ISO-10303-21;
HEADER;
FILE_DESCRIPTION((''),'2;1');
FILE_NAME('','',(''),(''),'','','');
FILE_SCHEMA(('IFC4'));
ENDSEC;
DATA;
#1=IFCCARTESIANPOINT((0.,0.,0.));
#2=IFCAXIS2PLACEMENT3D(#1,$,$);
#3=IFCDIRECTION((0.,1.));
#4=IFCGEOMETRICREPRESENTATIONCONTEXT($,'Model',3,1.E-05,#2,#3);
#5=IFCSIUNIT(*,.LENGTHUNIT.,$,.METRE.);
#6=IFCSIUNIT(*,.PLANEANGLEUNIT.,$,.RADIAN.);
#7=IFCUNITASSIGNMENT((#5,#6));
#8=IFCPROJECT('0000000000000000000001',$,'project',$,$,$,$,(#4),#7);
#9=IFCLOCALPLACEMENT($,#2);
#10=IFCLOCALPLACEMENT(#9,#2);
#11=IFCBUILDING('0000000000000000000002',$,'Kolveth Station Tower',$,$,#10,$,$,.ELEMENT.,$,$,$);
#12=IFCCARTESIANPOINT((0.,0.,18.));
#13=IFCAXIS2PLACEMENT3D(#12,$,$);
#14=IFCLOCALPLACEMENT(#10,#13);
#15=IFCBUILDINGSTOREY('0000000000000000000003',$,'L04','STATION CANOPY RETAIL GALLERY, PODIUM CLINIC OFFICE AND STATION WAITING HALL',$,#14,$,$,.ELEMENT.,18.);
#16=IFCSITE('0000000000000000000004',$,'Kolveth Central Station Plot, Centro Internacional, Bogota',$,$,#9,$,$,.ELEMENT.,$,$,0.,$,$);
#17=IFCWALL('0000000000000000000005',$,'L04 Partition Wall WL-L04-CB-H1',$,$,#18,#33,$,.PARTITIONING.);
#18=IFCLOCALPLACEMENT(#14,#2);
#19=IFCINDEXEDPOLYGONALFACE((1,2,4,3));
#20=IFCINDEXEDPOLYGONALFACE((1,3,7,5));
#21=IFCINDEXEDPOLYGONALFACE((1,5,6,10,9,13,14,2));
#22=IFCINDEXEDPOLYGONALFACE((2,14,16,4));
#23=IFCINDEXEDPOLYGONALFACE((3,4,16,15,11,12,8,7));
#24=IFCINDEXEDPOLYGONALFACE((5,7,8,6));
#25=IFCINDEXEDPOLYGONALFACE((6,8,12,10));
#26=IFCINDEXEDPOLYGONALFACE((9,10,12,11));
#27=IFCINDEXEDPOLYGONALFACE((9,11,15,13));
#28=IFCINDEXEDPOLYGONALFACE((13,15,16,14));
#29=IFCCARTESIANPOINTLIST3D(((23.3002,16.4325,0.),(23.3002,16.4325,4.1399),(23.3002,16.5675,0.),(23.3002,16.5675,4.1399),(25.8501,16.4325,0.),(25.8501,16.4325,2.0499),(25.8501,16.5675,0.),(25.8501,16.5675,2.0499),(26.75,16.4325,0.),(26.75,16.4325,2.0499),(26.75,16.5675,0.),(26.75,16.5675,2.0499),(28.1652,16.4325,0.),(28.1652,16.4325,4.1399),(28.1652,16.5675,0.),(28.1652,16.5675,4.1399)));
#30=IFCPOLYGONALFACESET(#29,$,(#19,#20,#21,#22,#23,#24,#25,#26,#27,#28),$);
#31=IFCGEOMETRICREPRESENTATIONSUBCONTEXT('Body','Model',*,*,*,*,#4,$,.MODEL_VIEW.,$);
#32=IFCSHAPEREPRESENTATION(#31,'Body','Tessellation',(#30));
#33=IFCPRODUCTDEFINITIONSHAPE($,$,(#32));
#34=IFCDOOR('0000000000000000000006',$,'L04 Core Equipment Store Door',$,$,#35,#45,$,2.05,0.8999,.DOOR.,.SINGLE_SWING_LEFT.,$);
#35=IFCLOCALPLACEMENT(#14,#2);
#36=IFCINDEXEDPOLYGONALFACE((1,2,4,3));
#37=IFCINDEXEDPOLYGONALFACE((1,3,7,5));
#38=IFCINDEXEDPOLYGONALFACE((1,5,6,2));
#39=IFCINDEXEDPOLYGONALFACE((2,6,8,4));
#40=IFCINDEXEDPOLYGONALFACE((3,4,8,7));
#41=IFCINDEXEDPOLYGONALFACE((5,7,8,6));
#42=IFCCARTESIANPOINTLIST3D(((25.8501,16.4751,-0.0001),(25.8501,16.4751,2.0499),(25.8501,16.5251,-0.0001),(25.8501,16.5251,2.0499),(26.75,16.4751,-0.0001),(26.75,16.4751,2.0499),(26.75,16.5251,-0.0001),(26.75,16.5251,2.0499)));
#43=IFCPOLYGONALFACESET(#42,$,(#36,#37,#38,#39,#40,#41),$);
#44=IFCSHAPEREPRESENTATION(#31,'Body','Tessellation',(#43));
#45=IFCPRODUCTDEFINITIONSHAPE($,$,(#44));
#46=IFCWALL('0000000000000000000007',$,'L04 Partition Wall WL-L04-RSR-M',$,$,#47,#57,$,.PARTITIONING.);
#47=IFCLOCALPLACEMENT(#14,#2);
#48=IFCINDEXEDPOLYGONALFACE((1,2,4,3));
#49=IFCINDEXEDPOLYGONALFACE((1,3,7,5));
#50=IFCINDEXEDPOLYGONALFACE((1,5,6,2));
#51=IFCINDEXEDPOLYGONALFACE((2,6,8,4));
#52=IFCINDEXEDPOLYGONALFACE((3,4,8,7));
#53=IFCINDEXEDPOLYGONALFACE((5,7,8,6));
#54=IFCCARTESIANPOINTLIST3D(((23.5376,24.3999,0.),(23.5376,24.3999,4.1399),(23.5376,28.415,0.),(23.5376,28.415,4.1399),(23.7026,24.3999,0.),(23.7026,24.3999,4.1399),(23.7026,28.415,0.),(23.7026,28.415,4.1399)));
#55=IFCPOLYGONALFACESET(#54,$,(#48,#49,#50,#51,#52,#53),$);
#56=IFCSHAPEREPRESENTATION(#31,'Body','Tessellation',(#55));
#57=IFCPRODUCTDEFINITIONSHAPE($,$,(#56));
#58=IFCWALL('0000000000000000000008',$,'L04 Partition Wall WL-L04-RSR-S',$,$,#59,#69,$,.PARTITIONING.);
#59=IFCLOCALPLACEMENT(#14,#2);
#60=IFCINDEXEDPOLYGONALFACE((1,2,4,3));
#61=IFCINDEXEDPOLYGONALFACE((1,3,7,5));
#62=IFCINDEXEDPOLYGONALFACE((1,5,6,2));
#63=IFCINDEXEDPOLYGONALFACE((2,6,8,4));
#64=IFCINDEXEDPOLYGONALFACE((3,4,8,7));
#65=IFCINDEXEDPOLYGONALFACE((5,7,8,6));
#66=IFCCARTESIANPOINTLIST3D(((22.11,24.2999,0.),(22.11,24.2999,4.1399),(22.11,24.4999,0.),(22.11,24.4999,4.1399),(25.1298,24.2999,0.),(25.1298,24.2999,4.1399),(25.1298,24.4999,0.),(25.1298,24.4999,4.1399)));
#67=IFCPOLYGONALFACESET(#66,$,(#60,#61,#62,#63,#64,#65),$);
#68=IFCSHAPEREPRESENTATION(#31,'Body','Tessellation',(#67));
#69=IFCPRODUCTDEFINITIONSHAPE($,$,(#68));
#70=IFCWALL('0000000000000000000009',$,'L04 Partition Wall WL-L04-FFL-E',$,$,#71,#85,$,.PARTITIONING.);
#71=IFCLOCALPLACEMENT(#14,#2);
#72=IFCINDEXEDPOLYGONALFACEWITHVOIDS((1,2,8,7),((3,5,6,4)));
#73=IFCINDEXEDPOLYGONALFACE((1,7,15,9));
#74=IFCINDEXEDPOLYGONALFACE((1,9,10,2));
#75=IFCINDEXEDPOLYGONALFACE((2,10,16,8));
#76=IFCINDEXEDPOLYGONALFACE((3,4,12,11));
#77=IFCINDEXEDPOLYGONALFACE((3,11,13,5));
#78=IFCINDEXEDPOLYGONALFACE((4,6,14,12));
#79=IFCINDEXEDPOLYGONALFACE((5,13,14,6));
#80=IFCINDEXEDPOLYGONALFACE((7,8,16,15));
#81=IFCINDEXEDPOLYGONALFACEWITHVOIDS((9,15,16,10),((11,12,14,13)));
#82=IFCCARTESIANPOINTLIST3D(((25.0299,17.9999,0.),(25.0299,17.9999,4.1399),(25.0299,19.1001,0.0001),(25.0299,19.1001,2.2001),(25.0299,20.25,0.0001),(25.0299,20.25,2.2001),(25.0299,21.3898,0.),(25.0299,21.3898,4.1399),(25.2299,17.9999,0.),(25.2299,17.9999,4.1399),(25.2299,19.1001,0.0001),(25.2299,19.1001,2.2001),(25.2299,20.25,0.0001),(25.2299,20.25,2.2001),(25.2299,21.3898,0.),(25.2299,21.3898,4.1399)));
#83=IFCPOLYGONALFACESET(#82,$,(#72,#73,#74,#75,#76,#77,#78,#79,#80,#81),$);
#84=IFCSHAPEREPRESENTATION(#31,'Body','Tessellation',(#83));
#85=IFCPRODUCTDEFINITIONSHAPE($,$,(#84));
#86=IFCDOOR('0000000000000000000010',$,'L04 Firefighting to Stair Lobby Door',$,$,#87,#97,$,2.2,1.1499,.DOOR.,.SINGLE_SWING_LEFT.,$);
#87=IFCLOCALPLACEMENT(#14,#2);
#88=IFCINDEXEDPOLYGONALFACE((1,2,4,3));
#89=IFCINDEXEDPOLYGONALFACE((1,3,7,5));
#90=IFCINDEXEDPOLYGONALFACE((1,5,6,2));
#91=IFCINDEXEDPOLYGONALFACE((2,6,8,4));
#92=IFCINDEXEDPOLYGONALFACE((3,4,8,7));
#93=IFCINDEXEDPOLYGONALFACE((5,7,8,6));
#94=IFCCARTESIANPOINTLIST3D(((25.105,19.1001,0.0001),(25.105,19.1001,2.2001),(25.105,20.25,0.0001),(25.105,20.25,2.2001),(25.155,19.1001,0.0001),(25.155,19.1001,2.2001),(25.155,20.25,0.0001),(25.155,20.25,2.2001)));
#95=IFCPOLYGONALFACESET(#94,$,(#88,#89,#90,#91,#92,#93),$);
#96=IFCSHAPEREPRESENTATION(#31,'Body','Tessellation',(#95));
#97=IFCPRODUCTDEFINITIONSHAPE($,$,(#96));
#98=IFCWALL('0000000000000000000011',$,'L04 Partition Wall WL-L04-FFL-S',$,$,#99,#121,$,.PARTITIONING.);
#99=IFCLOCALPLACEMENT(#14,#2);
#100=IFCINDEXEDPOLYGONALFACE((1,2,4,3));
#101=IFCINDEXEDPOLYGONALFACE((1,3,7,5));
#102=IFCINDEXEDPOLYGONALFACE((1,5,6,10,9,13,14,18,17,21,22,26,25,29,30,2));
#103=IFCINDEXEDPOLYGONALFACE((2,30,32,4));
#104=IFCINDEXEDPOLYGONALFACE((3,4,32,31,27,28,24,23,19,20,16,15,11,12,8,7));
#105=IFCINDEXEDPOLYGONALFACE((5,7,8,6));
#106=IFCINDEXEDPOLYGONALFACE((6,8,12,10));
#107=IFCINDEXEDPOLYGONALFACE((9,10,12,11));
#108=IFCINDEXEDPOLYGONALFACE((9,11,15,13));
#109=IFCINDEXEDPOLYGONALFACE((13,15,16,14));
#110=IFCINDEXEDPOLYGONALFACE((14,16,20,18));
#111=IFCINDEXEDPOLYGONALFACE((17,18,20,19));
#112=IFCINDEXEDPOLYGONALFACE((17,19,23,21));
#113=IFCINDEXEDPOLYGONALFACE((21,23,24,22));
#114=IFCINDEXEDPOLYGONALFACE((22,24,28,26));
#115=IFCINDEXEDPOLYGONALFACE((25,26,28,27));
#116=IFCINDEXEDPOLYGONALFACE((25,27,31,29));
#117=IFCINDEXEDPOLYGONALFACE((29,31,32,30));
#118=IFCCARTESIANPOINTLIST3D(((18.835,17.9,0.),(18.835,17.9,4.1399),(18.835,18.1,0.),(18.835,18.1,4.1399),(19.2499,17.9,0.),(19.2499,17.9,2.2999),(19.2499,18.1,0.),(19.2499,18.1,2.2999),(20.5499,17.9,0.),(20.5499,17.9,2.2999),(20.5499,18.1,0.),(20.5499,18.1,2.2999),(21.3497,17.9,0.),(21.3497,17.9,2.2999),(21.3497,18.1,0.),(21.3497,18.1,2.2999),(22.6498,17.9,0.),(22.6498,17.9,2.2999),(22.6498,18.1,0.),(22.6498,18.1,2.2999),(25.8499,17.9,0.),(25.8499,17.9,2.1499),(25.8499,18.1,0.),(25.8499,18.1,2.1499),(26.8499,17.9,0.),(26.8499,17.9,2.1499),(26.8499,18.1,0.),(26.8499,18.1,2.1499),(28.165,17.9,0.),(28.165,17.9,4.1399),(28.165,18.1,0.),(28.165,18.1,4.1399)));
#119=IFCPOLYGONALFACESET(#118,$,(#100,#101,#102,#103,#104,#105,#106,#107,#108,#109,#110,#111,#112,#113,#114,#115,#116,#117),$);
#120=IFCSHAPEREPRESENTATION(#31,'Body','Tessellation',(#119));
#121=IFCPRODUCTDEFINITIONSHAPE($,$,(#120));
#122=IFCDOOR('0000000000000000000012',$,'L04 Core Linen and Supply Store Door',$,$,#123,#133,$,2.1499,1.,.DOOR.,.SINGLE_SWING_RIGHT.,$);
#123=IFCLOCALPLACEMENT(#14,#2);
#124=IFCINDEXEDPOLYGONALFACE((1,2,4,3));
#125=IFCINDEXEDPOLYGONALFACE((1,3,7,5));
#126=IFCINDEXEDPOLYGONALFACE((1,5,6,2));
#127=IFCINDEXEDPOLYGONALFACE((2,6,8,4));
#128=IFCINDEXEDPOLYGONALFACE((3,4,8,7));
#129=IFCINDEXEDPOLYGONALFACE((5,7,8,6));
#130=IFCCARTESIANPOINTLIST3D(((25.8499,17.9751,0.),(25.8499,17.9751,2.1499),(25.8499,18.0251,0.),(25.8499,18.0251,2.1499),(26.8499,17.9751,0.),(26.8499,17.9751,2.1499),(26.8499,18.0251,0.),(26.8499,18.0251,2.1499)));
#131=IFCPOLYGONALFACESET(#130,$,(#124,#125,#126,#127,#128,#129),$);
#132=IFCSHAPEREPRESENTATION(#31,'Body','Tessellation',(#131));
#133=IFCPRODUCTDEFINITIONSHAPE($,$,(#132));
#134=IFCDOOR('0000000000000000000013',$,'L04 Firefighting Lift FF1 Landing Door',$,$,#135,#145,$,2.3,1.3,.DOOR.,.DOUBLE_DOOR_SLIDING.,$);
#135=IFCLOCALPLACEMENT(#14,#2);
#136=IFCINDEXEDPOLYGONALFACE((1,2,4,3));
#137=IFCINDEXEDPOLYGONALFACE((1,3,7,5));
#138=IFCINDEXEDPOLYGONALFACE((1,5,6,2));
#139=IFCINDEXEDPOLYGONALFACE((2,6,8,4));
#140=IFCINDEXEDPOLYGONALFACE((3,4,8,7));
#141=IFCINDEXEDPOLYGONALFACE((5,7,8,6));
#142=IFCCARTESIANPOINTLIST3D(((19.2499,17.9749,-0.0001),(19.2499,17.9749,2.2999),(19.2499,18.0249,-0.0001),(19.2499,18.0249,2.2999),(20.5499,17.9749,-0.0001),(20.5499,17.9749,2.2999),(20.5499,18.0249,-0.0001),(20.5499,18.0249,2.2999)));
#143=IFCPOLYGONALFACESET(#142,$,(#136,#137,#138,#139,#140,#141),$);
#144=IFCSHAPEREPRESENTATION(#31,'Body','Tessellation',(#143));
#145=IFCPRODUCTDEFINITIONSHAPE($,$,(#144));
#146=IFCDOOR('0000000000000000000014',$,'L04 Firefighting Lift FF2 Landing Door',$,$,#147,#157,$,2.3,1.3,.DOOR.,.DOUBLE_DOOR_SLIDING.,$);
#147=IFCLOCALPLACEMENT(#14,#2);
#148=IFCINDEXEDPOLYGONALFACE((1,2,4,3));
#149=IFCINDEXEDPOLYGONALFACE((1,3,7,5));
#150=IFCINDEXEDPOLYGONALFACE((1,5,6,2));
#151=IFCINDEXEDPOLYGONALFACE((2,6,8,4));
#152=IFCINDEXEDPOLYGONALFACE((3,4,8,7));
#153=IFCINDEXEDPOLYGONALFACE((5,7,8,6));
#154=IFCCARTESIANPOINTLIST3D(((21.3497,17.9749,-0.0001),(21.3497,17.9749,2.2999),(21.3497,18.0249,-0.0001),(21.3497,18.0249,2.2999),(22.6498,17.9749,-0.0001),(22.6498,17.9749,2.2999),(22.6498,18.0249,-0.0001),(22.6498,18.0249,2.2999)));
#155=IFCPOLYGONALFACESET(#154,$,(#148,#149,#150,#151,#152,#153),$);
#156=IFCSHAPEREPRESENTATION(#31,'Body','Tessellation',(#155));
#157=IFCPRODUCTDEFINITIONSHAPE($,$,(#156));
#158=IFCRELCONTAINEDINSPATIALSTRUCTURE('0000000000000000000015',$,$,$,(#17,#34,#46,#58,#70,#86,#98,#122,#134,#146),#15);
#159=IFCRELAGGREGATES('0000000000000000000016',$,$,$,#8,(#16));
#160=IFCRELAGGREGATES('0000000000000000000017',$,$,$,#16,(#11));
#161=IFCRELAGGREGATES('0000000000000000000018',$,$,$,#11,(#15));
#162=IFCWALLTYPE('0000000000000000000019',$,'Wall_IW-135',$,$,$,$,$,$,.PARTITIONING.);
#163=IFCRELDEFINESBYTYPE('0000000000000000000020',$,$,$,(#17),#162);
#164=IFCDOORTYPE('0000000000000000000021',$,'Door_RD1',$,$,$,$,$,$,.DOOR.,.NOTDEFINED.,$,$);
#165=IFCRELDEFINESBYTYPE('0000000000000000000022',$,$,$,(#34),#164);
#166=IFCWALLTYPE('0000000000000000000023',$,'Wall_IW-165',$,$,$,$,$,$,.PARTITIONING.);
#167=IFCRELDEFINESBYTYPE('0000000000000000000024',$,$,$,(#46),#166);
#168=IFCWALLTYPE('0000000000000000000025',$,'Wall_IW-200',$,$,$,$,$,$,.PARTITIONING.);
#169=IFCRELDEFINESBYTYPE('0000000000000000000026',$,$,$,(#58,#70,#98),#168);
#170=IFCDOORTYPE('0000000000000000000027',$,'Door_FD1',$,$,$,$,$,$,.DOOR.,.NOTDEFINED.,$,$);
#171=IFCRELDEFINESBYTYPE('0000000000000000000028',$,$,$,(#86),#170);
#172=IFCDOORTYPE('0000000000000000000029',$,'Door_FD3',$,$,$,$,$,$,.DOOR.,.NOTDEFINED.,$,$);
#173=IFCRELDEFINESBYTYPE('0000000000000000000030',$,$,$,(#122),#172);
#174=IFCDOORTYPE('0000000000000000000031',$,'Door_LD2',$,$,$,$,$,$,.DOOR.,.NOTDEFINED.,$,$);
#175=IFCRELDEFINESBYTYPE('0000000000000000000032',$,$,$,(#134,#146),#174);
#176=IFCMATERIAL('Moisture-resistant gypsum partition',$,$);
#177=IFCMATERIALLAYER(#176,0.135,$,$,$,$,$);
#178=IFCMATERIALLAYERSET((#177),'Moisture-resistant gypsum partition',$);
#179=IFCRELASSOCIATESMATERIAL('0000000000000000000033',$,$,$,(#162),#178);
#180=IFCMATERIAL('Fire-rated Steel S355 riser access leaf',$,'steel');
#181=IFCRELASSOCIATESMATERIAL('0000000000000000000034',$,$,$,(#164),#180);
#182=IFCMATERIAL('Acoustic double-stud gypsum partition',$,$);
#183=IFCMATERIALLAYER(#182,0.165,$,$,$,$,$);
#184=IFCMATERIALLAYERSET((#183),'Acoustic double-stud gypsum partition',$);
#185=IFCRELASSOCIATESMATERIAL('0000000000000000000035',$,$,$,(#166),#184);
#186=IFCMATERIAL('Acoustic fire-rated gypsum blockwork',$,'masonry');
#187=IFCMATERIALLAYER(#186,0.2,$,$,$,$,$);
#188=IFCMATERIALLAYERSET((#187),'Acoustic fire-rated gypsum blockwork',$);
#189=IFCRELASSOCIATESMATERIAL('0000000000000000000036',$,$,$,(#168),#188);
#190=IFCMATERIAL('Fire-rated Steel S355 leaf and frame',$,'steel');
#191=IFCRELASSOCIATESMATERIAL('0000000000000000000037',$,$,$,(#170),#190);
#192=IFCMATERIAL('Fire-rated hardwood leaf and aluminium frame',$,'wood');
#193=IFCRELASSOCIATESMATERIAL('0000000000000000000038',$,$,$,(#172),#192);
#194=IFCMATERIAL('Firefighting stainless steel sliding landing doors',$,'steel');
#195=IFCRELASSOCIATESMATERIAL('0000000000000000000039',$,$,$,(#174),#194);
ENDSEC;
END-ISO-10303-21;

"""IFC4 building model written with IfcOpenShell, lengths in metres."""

from ifc_helpers import new_model, si_unit, direction, frame, frame_2d, origin, place, context, subcontext, project, spatial, rectangle, extrude, material, layer, layer_set, type_object, element, fill, save


model = new_model("IFC4")

# Units and contexts
model_context = context("Model", 3, precision=1e-05, world=origin(), true_north=direction((0.0, 1.0)))
body_context = subcontext(model_context, "Body", "Model", "MODEL_VIEW")
ifc_project = project(units=[si_unit("LENGTHUNIT", "METRE"), si_unit("PLANEANGLEUNIT", "RADIAN")], contexts=[model_context])

# Site, building, storey
site_placement = place(None, origin())
site = spatial("IfcSite", under=ifc_project, at=site_placement, Name="Kolveth Central Station Plot, Centro Internacional, Bogota", CompositionType="ELEMENT", RefElevation=0.0)
building_placement = place(site_placement, origin())
building = spatial("IfcBuilding", under=site, at=building_placement, Name="Kolveth Station Tower", CompositionType="ELEMENT")
storey_placement = place(building_placement, frame((0.0, 0.0, 18.0)))
storey = spatial("IfcBuildingStorey", under=building, at=storey_placement, Name="L04", Description="STATION CANOPY RETAIL GALLERY, PODIUM CLINIC OFFICE AND STATION WAITING HALL", CompositionType="ELEMENT", Elevation=18.0)

# Wall, opening, door
ifc_material_1 = material(Name="Moisture-resistant gypsum partition")
ifc_layer_1 = layer(ifc_material_1, 0.135)
ifc_layer_set_1 = layer_set([ifc_layer_1], Name="Moisture-resistant gypsum partition")
wall_type_1 = type_object("IfcWallType", Name="Wall_IW-135", PredefinedType="PARTITIONING", material=ifc_layer_set_1)
wall_1_placement = place(storey_placement, frame((23.3, 16.5, 0.0), z_axis=(0.0, 0.0, 1.0), x_axis=(1.0, 0.0, 0.0)))
wall_1 = element("IfcWall", 1, at=wall_1_placement, inside=storey, type_object=wall_type_1, Name="L04 Partition Wall WL-L04-CB-H1", PredefinedType="PARTITIONING", context=body_context, shape_type="SweptSolid", body=[
    extrude(rectangle(XDim=4.865, YDim=0.135, at=frame_2d((2.4326, 0.0))), origin(), (0.0, 0.0, 1.0), 4.1399),
])
opening_1_placement = place(wall_1_placement, frame((2.55, 0.0, 0.0)))
opening_1 = element("IfcOpeningElement", 2, at=opening_1_placement, cuts=wall_1, PredefinedType="OPENING", context=body_context, shape_type="SweptSolid", body=[
    extrude(rectangle(XDim=0.8999, YDim=2.05, at=frame_2d((0.45, 1.0249))), frame((0.0, 0.0774, 0.0), z_axis=(0.0, -1.0, 0.0), x_axis=(1.0, 0.0, 0.0)), (0.0, 0.0, 1.0), 0.155),
])
ifc_material_2 = material(Name="Fire-rated Steel S355 riser access leaf", Category="steel")
door_type_1 = type_object("IfcDoorType", Name="Door_RD1", OperationType="NOTDEFINED", PredefinedType="DOOR", material=ifc_material_2)
door_1_placement = place(opening_1_placement, frame((0.8999, 0.0, 0.0), z_axis=(0.0, 0.0, 1.0), x_axis=(-1.0, 0.0, 0.0)))
door_1 = element("IfcDoor", 3, at=door_1_placement, inside=storey, type_object=door_type_1, Name="L04 Core Equipment Store Door", OperationType="SINGLE_SWING_LEFT", OverallHeight=2.05, OverallWidth=0.8999, PredefinedType="DOOR", context=body_context, shape_type="SweptSolid", body=[
    extrude(rectangle(XDim=0.8999, YDim=2.05, at=frame_2d((0.45, 1.0249))), frame((0.0, 0.0249, 0.0), z_axis=(0.0, -1.0, 0.0), x_axis=(1.0, 0.0, 0.0)), (0.0, 0.0, 1.0), 0.05),
])
fill(opening_1, door_1)

# Walls
ifc_material_3 = material(Name="Acoustic double-stud gypsum partition")
ifc_layer_2 = layer(ifc_material_3, 0.165)
ifc_layer_set_2 = layer_set([ifc_layer_2], Name="Acoustic double-stud gypsum partition")
wall_type_2 = type_object("IfcWallType", Name="Wall_IW-165", PredefinedType="PARTITIONING", material=ifc_layer_set_2)
wall_2_placement = place(storey_placement, frame((23.6201, 24.3999, 0.0), z_axis=(0.0, 0.0, 1.0), x_axis=(0.0, 1.0, 0.0)))
element("IfcWall", 4, at=wall_2_placement, inside=storey, type_object=wall_type_2, Name="L04 Partition Wall WL-L04-RSR-M", PredefinedType="PARTITIONING", context=body_context, shape_type="SweptSolid", body=[
    extrude(rectangle(XDim=4.0151, YDim=0.165, at=frame_2d((2.0076, 0.0))), origin(), (0.0, 0.0, 1.0), 4.1399),
])
ifc_material_4 = material(Name="Acoustic fire-rated gypsum blockwork", Category="masonry")
ifc_layer_3 = layer(ifc_material_4, 0.2)
ifc_layer_set_3 = layer_set([ifc_layer_3], Name="Acoustic fire-rated gypsum blockwork")
wall_type_3 = type_object("IfcWallType", Name="Wall_IW-200", PredefinedType="PARTITIONING", material=ifc_layer_set_3)
wall_3_placement = place(storey_placement, frame((22.1101, 24.3999, 0.0), z_axis=(0.0, 0.0, 1.0), x_axis=(1.0, 0.0, 0.0)))
element("IfcWall", 5, at=wall_3_placement, inside=storey, type_object=wall_type_3, Name="L04 Partition Wall WL-L04-RSR-S", PredefinedType="PARTITIONING", context=body_context, shape_type="SweptSolid", body=[
    extrude(rectangle(XDim=3.0198, YDim=0.2, at=frame_2d((1.5098, 0.0))), origin(), (0.0, 0.0, 1.0), 4.1399),
])

# Wall, opening, door
wall_4_placement = place(storey_placement, frame((25.1299, 18.0, 0.0), z_axis=(0.0, 0.0, 1.0), x_axis=(0.0, 1.0, 0.0)))
wall_4 = element("IfcWall", 6, at=wall_4_placement, inside=storey, type_object=wall_type_3, Name="L04 Partition Wall WL-L04-FFL-E", PredefinedType="PARTITIONING", context=body_context, shape_type="SweptSolid", body=[
    extrude(rectangle(XDim=3.3899, YDim=0.2, at=frame_2d((1.6948, 0.0))), origin(), (0.0, 0.0, 1.0), 4.1399),
])
opening_2_placement = place(wall_4_placement, frame((1.1001, 0.0, 0.0)))
opening_2 = element("IfcOpeningElement", 7, at=opening_2_placement, cuts=wall_4, PredefinedType="OPENING", context=body_context, shape_type="SweptSolid", body=[
    extrude(rectangle(XDim=1.1499, YDim=2.2, at=frame_2d((0.575, 1.1001))), frame((0.0, 0.1099, 0.0), z_axis=(0.0, -1.0, 0.0), x_axis=(1.0, 0.0, 0.0)), (0.0, 0.0, 1.0), 0.22),
])
ifc_material_5 = material(Name="Fire-rated Steel S355 leaf and frame", Category="steel")
door_type_2 = type_object("IfcDoorType", Name="Door_FD1", OperationType="NOTDEFINED", PredefinedType="DOOR", material=ifc_material_5)
door_2_placement = place(opening_2_placement, origin())
door_2 = element("IfcDoor", 8, at=door_2_placement, inside=storey, type_object=door_type_2, Name="L04 Firefighting to Stair Lobby Door", OperationType="SINGLE_SWING_LEFT", OverallHeight=2.2, OverallWidth=1.1499, PredefinedType="DOOR", context=body_context, shape_type="SweptSolid", body=[
    extrude(rectangle(XDim=1.1499, YDim=2.2, at=frame_2d((0.575, 1.1001))), frame((0.0, 0.0249, 0.0), z_axis=(0.0, -1.0, 0.0), x_axis=(1.0, 0.0, 0.0)), (0.0, 0.0, 1.0), 0.05),
])
fill(opening_2, door_2)

# Wall, openings, doors
wall_5_placement = place(storey_placement, frame((18.835, 18.0, 0.0), z_axis=(0.0, 0.0, 1.0), x_axis=(1.0, 0.0, 0.0)))
wall_5 = element("IfcWall", 9, at=wall_5_placement, inside=storey, type_object=wall_type_3, Name="L04 Partition Wall WL-L04-FFL-S", PredefinedType="PARTITIONING", context=body_context, shape_type="SweptSolid", body=[
    extrude(rectangle(XDim=9.3301, YDim=0.2, at=frame_2d((4.665, 0.0))), origin(), (0.0, 0.0, 1.0), 4.1399),
])
opening_3_placement = place(wall_5_placement, frame((0.415, 0.0, 0.0)))
opening_3 = element("IfcOpeningElement", 10, at=opening_3_placement, cuts=wall_5, PredefinedType="OPENING", context=body_context, shape_type="SweptSolid", body=[
    extrude(rectangle(XDim=1.3, YDim=2.3, at=frame_2d((0.6499, 1.1499))), frame((0.0, 0.1099, 0.0), z_axis=(0.0, -1.0, 0.0), x_axis=(1.0, 0.0, 0.0)), (0.0, 0.0, 1.0), 0.22),
])
opening_4_placement = place(wall_5_placement, frame((2.5149, 0.0, 0.0)))
opening_4 = element("IfcOpeningElement", 11, at=opening_4_placement, cuts=wall_5, PredefinedType="OPENING", context=body_context, shape_type="SweptSolid", body=[
    extrude(rectangle(XDim=1.3, YDim=2.3, at=frame_2d((0.6499, 1.1499))), frame((0.0, 0.1099, 0.0), z_axis=(0.0, -1.0, 0.0), x_axis=(1.0, 0.0, 0.0)), (0.0, 0.0, 1.0), 0.22),
])
opening_5_placement = place(wall_5_placement, frame((7.0149, 0.0, 0.0)))
opening_5 = element("IfcOpeningElement", 12, at=opening_5_placement, cuts=wall_5, PredefinedType="OPENING", context=body_context, shape_type="SweptSolid", body=[
    extrude(rectangle(XDim=1.0, YDim=2.1499, at=frame_2d((0.5, 1.075))), frame((0.0, 0.1099, 0.0), z_axis=(0.0, -1.0, 0.0), x_axis=(1.0, 0.0, 0.0)), (0.0, 0.0, 1.0), 0.22),
])
ifc_material_6 = material(Name="Fire-rated hardwood leaf and aluminium frame", Category="wood")
door_type_3 = type_object("IfcDoorType", Name="Door_FD3", OperationType="NOTDEFINED", PredefinedType="DOOR", material=ifc_material_6)
door_3_placement = place(opening_5_placement, frame((1.0, 0.0, 0.0), z_axis=(0.0, 0.0, 1.0), x_axis=(-1.0, 0.0, 0.0)))
door_3 = element("IfcDoor", 13, at=door_3_placement, inside=storey, type_object=door_type_3, Name="L04 Core Linen and Supply Store Door", OperationType="SINGLE_SWING_RIGHT", OverallHeight=2.1499, OverallWidth=1.0, PredefinedType="DOOR", context=body_context, shape_type="SweptSolid", body=[
    extrude(rectangle(XDim=1.0, YDim=2.1499, at=frame_2d((0.5, 1.075))), frame((0.0, 0.0249, 0.0), z_axis=(0.0, -1.0, 0.0), x_axis=(1.0, 0.0, 0.0)), (0.0, 0.0, 1.0), 0.05),
])
fill(opening_5, door_3)
ifc_material_7 = material(Name="Firefighting stainless steel sliding landing doors", Category="steel")
door_type_4 = type_object("IfcDoorType", Name="Door_LD2", OperationType="NOTDEFINED", PredefinedType="DOOR", material=ifc_material_7)
door_4_placement = place(opening_3_placement, origin())
door_4 = element("IfcDoor", 14, at=door_4_placement, inside=storey, type_object=door_type_4, Name="L04 Firefighting Lift FF1 Landing Door", OperationType="DOUBLE_DOOR_SLIDING", OverallHeight=2.3, OverallWidth=1.3, PredefinedType="DOOR", context=body_context, shape_type="SweptSolid", body=[
    extrude(rectangle(XDim=1.3, YDim=2.3, at=frame_2d((0.6499, 1.1499))), frame((0.0, 0.0249, 0.0), z_axis=(0.0, -1.0, 0.0), x_axis=(1.0, 0.0, 0.0)), (0.0, 0.0, 1.0), 0.05),
])
fill(opening_3, door_4)
door_5_placement = place(opening_4_placement, origin())
door_5 = element("IfcDoor", 15, at=door_5_placement, inside=storey, type_object=door_type_4, Name="L04 Firefighting Lift FF2 Landing Door", OperationType="DOUBLE_DOOR_SLIDING", OverallHeight=2.3, OverallWidth=1.3, PredefinedType="DOOR", context=body_context, shape_type="SweptSolid", body=[
    extrude(rectangle(XDim=1.3, YDim=2.3, at=frame_2d((0.6499, 1.1499))), frame((0.0, 0.0249, 0.0), z_axis=(0.0, -1.0, 0.0), x_axis=(1.0, 0.0, 0.0)), (0.0, 0.0, 1.0), 0.05),
])
fill(opening_4, door_5)

save(model, "model.ifc")
